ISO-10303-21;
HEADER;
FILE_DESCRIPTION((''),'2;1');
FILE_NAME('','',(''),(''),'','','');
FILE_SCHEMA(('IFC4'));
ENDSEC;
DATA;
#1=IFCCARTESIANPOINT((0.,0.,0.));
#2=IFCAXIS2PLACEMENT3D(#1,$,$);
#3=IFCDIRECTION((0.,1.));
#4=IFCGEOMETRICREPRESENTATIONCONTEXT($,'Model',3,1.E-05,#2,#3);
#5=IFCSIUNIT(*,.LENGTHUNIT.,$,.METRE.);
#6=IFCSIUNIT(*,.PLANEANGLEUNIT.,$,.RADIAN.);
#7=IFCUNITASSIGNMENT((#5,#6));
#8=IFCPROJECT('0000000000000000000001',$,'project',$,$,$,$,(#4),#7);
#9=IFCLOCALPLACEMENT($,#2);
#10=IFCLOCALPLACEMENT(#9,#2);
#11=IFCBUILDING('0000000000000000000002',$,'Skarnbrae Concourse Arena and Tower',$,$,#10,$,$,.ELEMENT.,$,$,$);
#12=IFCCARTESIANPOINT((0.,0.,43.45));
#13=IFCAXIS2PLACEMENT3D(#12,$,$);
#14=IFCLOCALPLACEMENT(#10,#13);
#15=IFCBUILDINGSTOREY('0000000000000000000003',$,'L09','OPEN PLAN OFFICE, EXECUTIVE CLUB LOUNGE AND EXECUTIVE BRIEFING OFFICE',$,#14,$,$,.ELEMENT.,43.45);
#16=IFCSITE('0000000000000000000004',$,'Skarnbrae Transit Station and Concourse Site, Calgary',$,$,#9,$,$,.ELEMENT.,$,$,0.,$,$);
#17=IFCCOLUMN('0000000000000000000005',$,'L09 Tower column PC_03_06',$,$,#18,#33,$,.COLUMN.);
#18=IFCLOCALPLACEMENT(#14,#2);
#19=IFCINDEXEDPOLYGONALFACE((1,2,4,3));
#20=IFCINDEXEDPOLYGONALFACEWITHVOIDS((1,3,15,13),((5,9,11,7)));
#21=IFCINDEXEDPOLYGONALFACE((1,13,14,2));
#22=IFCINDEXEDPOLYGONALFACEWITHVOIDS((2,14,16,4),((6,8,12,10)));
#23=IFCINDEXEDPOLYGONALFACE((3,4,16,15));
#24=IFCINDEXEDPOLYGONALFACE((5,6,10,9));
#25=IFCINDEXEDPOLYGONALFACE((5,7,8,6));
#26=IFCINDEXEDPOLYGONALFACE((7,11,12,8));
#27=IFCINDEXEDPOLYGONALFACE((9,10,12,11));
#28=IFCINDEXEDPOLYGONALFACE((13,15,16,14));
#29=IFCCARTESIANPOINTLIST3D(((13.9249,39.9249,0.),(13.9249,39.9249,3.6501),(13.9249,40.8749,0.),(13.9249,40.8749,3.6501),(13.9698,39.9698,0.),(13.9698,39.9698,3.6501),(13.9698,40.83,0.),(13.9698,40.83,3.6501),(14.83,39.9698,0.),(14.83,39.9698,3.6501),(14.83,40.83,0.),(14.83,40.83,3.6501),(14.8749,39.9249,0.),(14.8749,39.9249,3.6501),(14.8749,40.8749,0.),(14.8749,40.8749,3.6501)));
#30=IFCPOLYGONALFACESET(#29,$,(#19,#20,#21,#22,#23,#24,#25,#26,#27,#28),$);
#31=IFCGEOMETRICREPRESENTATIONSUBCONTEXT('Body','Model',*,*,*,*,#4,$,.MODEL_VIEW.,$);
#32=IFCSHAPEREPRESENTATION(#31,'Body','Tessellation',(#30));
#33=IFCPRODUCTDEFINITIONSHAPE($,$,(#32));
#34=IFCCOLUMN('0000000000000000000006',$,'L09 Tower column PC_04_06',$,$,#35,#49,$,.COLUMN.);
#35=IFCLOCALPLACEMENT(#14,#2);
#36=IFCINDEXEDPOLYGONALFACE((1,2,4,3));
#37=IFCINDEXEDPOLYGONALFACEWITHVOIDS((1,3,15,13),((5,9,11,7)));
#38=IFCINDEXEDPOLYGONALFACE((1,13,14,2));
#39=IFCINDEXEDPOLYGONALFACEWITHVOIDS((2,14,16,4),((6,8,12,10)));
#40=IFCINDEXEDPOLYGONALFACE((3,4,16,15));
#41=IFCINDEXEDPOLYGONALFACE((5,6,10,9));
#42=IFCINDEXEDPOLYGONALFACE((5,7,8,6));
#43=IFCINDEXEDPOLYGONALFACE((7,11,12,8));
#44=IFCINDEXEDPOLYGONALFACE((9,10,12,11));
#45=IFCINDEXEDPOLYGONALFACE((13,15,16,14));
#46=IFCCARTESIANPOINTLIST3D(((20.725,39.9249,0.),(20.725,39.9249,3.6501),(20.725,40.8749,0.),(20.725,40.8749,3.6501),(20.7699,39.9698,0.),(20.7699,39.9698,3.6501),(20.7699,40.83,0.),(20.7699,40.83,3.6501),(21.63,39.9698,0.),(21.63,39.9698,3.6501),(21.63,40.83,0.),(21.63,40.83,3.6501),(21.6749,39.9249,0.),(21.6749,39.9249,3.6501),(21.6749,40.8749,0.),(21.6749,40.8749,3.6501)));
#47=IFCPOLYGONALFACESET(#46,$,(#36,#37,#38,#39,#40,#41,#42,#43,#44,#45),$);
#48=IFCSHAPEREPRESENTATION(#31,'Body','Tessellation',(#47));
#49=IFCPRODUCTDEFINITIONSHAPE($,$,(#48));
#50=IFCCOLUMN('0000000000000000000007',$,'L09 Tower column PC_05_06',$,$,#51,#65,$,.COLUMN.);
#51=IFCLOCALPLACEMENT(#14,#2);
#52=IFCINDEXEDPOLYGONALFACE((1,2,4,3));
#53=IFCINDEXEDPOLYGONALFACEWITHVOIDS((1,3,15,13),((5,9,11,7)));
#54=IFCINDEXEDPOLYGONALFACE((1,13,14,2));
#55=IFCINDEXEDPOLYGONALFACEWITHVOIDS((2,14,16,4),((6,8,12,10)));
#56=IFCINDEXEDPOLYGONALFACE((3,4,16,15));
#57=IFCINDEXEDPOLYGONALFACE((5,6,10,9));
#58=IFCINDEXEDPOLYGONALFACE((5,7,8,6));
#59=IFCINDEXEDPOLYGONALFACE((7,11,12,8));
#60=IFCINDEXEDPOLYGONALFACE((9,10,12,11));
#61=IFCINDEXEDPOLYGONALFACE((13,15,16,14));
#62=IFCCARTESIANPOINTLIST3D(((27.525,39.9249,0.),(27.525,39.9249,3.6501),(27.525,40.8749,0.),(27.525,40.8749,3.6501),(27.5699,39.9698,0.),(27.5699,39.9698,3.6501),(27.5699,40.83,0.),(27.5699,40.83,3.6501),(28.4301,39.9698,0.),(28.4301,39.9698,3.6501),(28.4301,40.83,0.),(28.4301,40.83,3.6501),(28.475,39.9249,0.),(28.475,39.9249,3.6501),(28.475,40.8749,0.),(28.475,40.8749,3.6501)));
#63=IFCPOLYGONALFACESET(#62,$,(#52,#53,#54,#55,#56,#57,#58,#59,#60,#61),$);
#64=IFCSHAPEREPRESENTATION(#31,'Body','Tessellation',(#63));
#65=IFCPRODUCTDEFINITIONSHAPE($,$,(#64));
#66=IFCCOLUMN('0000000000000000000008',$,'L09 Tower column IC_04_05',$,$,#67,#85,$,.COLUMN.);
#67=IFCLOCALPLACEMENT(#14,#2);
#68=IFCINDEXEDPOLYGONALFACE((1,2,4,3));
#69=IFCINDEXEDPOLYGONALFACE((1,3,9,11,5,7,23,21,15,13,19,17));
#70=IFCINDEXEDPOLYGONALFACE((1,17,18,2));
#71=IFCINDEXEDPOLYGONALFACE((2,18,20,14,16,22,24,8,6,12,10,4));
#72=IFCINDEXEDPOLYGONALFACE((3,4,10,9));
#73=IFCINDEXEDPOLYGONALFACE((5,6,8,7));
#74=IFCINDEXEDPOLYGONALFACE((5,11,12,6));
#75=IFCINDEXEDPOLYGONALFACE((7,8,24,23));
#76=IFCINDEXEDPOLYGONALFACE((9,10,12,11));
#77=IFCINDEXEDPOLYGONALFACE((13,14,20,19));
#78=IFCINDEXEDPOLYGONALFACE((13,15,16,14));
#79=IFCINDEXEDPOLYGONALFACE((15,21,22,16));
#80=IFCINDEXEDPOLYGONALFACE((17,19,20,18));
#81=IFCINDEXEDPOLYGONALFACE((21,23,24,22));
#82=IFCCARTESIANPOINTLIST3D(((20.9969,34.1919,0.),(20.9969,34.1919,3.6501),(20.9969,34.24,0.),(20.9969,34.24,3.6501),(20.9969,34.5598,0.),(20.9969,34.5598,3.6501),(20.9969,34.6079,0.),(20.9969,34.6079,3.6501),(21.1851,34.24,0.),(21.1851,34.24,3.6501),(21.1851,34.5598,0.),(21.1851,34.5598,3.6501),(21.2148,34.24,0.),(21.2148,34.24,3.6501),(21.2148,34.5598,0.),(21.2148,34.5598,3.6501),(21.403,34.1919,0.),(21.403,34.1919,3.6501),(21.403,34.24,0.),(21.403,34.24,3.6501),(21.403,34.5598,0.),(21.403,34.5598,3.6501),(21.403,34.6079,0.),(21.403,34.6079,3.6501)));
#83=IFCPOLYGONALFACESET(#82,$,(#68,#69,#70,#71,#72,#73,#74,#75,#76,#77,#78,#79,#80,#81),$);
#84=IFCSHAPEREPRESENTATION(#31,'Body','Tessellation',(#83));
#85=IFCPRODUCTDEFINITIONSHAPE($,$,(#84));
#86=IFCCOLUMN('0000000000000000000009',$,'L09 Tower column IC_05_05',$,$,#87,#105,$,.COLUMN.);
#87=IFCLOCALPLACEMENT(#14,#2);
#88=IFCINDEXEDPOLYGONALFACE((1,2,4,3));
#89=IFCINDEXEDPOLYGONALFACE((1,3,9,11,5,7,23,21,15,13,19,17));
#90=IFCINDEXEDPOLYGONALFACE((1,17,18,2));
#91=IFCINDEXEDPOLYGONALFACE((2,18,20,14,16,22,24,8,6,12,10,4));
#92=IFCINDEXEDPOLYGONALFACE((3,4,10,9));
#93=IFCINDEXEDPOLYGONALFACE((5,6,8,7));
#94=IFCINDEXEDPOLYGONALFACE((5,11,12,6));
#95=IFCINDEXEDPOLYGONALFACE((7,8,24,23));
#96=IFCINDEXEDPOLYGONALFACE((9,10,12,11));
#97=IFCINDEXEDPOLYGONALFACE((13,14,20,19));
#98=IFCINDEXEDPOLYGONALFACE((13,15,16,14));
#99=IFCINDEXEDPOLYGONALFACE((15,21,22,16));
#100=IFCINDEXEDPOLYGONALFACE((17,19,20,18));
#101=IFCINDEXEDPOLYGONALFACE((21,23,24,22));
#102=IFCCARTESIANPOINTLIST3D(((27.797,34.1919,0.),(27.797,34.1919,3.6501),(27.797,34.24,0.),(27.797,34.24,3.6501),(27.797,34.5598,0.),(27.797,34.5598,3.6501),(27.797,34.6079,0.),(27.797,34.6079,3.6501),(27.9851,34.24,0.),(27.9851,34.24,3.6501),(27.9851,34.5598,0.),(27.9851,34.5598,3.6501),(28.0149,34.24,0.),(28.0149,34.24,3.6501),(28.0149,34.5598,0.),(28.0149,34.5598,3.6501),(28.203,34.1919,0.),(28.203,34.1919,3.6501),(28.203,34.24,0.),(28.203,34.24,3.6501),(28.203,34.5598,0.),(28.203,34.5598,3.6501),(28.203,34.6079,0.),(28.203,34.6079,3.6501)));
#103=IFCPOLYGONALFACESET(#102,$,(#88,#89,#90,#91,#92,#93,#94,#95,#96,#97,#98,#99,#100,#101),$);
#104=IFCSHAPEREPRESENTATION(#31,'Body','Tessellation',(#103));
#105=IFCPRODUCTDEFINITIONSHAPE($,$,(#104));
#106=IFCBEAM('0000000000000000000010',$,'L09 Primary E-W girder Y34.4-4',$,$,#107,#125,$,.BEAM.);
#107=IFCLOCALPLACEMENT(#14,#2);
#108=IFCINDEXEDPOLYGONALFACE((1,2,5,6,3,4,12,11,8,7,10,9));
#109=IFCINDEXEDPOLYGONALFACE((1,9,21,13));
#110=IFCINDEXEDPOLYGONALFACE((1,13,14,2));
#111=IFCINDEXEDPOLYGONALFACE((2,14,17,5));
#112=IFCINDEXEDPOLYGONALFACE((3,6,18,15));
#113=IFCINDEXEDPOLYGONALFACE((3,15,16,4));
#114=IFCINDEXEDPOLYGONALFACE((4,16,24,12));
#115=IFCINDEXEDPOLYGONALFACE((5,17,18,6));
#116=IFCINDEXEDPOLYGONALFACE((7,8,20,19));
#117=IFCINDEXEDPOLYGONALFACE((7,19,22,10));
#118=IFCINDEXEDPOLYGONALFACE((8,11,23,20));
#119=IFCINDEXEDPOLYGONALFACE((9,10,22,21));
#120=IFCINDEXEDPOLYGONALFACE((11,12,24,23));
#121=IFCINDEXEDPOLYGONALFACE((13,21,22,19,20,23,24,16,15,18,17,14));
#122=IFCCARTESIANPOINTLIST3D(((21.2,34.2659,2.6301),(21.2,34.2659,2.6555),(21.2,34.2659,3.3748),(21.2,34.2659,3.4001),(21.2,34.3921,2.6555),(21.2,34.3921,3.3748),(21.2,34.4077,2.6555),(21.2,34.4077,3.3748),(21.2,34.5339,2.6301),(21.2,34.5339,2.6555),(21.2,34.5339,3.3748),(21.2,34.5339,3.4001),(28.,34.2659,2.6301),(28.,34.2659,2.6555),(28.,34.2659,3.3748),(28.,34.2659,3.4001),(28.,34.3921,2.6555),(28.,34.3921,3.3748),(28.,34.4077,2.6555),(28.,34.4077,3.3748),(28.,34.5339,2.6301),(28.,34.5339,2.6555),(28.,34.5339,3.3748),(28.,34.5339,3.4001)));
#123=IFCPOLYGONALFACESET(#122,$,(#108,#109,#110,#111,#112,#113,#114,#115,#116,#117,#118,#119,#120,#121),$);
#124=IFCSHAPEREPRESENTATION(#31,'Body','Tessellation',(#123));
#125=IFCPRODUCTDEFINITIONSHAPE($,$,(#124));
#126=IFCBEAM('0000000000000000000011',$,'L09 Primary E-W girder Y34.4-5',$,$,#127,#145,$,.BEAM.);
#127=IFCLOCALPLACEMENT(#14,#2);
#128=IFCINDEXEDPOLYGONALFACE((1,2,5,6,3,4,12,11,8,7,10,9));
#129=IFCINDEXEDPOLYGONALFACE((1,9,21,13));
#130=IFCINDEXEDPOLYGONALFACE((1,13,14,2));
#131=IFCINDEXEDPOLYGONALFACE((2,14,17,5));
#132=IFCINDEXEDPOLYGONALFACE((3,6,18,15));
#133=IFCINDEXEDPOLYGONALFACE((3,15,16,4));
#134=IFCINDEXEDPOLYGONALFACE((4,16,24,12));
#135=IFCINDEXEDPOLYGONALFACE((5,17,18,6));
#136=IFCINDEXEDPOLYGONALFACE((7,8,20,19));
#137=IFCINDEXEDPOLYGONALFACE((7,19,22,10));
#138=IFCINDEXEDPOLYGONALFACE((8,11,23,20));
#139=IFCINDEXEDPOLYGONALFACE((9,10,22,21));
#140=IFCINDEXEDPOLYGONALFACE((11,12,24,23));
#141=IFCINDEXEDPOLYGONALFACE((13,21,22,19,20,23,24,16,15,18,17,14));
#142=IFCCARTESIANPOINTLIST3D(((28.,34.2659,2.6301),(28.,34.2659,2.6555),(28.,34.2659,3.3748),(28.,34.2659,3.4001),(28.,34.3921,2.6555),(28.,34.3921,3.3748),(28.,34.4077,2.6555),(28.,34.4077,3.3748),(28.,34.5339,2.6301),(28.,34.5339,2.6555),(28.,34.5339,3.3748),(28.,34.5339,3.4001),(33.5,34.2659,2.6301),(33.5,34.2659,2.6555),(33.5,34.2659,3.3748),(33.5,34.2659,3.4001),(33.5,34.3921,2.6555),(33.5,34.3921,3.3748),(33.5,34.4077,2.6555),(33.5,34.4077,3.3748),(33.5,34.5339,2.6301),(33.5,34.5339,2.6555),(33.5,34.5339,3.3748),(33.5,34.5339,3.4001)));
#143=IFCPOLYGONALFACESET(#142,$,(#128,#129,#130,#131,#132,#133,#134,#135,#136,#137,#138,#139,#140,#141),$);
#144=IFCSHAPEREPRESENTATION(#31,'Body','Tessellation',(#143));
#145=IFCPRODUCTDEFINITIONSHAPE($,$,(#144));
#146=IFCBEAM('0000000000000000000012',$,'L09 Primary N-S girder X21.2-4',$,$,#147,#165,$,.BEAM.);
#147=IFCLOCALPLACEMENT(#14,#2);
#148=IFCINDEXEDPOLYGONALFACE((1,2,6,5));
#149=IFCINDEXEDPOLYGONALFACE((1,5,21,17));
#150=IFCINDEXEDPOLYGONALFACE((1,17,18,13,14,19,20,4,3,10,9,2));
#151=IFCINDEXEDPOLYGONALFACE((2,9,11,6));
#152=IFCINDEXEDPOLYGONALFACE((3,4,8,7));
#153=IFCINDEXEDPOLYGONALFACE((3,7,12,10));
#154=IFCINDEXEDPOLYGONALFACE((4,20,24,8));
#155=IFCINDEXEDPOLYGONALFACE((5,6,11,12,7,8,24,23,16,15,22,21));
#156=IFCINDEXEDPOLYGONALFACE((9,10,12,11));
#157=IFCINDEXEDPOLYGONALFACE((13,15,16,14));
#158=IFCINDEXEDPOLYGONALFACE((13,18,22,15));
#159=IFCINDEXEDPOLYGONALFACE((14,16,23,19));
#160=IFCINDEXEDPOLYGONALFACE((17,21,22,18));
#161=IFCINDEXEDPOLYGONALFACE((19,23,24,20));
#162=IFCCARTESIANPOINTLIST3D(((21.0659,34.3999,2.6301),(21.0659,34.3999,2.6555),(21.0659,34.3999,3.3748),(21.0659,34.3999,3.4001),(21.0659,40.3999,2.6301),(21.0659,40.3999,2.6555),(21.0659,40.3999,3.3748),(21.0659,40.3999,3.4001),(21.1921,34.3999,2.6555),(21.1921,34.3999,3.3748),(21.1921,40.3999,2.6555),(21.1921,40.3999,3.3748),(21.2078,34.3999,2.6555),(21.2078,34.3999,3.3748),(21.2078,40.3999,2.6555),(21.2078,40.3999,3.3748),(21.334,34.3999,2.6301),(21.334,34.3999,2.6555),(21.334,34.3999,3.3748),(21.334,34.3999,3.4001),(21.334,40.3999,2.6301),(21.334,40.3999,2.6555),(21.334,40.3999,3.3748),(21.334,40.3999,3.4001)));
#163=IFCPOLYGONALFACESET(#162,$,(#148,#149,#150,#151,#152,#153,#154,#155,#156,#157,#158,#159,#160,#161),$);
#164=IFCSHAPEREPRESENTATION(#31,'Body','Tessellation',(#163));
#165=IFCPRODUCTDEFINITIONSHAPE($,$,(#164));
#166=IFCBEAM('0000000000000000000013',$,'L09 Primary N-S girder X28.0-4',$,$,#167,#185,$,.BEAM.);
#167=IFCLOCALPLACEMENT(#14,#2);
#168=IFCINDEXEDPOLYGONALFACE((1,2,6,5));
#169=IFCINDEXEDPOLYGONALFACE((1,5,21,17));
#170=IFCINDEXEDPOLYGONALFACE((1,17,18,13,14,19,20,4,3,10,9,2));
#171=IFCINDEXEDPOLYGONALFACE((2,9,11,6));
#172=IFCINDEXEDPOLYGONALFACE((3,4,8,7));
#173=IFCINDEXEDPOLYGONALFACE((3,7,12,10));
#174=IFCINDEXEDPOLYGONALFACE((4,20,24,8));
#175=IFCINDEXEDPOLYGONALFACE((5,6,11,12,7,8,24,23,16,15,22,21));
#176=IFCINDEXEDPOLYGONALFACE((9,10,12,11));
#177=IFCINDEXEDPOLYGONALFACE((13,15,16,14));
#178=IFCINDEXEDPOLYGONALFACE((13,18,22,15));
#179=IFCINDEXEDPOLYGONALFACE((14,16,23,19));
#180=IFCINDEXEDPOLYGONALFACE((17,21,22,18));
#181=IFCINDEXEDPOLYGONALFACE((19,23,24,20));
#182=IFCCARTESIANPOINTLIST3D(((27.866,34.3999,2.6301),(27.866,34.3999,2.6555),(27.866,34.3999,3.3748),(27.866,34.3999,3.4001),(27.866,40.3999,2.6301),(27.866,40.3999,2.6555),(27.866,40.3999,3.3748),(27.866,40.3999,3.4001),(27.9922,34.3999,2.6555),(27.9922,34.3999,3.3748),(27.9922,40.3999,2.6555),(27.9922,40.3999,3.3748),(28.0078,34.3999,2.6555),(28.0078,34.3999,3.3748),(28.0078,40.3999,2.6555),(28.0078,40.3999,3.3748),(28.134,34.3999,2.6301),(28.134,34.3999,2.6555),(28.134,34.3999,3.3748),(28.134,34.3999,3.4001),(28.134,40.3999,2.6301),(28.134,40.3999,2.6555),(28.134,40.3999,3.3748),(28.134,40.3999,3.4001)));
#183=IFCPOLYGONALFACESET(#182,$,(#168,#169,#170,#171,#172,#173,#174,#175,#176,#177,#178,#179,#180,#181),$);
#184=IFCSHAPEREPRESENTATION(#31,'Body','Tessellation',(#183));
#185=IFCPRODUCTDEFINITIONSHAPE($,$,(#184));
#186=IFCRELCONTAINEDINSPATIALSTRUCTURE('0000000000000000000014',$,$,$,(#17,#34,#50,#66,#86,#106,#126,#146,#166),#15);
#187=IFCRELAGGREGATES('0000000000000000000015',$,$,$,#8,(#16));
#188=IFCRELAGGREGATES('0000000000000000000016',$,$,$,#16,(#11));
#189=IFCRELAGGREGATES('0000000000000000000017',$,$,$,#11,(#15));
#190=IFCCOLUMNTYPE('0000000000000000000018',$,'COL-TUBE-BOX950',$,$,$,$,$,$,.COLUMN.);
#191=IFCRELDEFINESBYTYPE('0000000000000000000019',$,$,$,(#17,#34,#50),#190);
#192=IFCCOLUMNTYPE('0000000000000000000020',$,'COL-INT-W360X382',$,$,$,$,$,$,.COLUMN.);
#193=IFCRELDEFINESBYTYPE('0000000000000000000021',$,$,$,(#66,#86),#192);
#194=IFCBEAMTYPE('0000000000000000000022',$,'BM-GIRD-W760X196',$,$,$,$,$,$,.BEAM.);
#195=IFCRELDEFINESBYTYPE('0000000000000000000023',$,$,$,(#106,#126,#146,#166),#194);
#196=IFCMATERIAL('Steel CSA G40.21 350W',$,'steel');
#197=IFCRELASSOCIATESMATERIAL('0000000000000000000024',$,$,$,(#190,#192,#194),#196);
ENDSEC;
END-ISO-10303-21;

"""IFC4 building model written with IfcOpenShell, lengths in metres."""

from ifc_helpers import new_model, si_unit, direction, frame, origin, origin_2d, place, context, subcontext, project, spatial, hollow_rectangle, i_section, extrude, source, transform, mapped, material, material_profile, profile_set, type_object, element, save


model = new_model("IFC4")

# Units and contexts
model_context = context("Model", 3, precision=1e-05, world=origin(), true_north=direction((0.0, 1.0)))
body_context = subcontext(model_context, "Body", "Model", "MODEL_VIEW")
ifc_project = project(units=[si_unit("LENGTHUNIT", "METRE"), si_unit("PLANEANGLEUNIT", "RADIAN")], contexts=[model_context])

# Site, building, storey
site_placement = place(None, origin())
site = spatial("IfcSite", under=ifc_project, at=site_placement, Name="Skarnbrae Transit Station and Concourse Site, Calgary", CompositionType="ELEMENT", RefElevation=0.0)
building_placement = place(site_placement, origin())
building = spatial("IfcBuilding", under=site, at=building_placement, Name="Skarnbrae Concourse Arena and Tower", CompositionType="ELEMENT")
storey_placement = place(building_placement, frame((0.0, 0.0, 43.45)))
storey = spatial("IfcBuildingStorey", under=building, at=storey_placement, Name="L09", Description="OPEN PLAN OFFICE, EXECUTIVE CLUB LOUNGE AND EXECUTIVE BRIEFING OFFICE", CompositionType="ELEMENT", Elevation=43.45)

# Columns
ifc_material_1 = material(Name="Steel CSA G40.21 350W", Category="steel")
ifc_material_profile_1 = material_profile(ifc_material_1, hollow_rectangle(XDim=0.95, YDim=0.95, WallThickness=0.0449, at=origin_2d()), Name="BOX950X950X45")
ifc_profile_set_1 = profile_set([ifc_material_profile_1], Name="Steel CSA G40.21 350W")
column_type_1 = type_object("IfcColumnType", Name="COL-TUBE-BOX950", PredefinedType="COLUMN", material=ifc_profile_set_1)
shared_shape_1 = source(origin(), body_context, "Body", "SweptSolid", [
    extrude(hollow_rectangle(XDim=0.95, YDim=0.95, WallThickness=0.0449, at=origin_2d()), origin(), (0.0, 0.0, 1.0), 3.6501),
])
for number, where, z_axis, x_axis, name in (
    (1, (14.3999, 40.3999, 0.0), (0.0, 0.0, 1.0), (1.0, 0.0, 0.0), "L09 Tower column PC_03_06"),
    (2, (21.2, 40.3999, 0.0), (0.0, 0.0, 1.0), (1.0, 0.0, 0.0), "L09 Tower column PC_04_06"),
    (3, (28.0, 40.3999, 0.0), (0.0, 0.0, 1.0), (1.0, 0.0, 0.0), "L09 Tower column PC_05_06"),
):
    element("IfcColumn", number, at=place(storey_placement, frame(where, z_axis=z_axis, x_axis=x_axis)), inside=storey, type_object=column_type_1, Name=name, PredefinedType="COLUMN", context=body_context, shape_type="MappedRepresentation", body=[
        mapped(shared_shape_1, transform((0.0, 0.0, 0.0))),
    ])
ifc_material_profile_2 = material_profile(ifc_material_1, i_section(OverallWidth=0.406, OverallDepth=0.416, WebThickness=0.0298, FlangeThickness=0.0481, at=origin_2d()), Name="W360X382")
ifc_profile_set_2 = profile_set([ifc_material_profile_2], Name="Steel CSA G40.21 350W")
column_type_2 = type_object("IfcColumnType", Name="COL-INT-W360X382", PredefinedType="COLUMN", material=ifc_profile_set_2)
shared_shape_2 = source(origin(), body_context, "Body", "SweptSolid", [
    extrude(i_section(OverallWidth=0.406, OverallDepth=0.416, WebThickness=0.0298, FlangeThickness=0.0481, at=origin_2d()), origin(), (0.0, 0.0, 1.0), 3.6501),
])
for number, where, z_axis, x_axis, name in (
    (4, (21.2, 34.3999, 0.0), (0.0, 0.0, 1.0), (1.0, 0.0, 0.0), "L09 Tower column IC_04_05"),
    (5, (28.0, 34.3999, 0.0), (0.0, 0.0, 1.0), (1.0, 0.0, 0.0), "L09 Tower column IC_05_05"),
):
    element("IfcColumn", number, at=place(storey_placement, frame(where, z_axis=z_axis, x_axis=x_axis)), inside=storey, type_object=column_type_2, Name=name, PredefinedType="COLUMN", context=body_context, shape_type="MappedRepresentation", body=[
        mapped(shared_shape_2, transform((0.0, 0.0, 0.0))),
    ])

# Beams
ifc_material_profile_3 = material_profile(ifc_material_1, i_section(OverallWidth=0.2681, OverallDepth=0.77, WebThickness=0.0156, FlangeThickness=0.0254, at=origin_2d()), Name="W760X196")
ifc_profile_set_3 = profile_set([ifc_material_profile_3], Name="Steel CSA G40.21 350W")
beam_type_1 = type_object("IfcBeamType", Name="BM-GIRD-W760X196", PredefinedType="BEAM", material=ifc_profile_set_3)
shared_shape_3 = source(origin(), body_context, "Body", "SweptSolid", [
    extrude(i_section(OverallWidth=0.2681, OverallDepth=0.77, WebThickness=0.0156, FlangeThickness=0.0254, at=origin_2d()), origin(), (0.0, 0.0, 1.0), 6.8),
])
beam_1_placement = place(storey_placement, frame((21.2, 34.3999, 3.0151), z_axis=(1.0, 0.0, 0.0), x_axis=(0.0, 1.0, 0.0)))
element("IfcBeam", 6, at=beam_1_placement, inside=storey, type_object=beam_type_1, Name="L09 Primary E-W girder Y34.4-4", PredefinedType="BEAM", context=body_context, shape_type="MappedRepresentation", body=[
    mapped(shared_shape_3, transform((0.0, 0.0, 0.0))),
])
shared_shape_4 = source(origin(), body_context, "Body", "SweptSolid", [
    extrude(i_section(OverallWidth=0.2681, OverallDepth=0.77, WebThickness=0.0156, FlangeThickness=0.0254, at=origin_2d()), origin(), (0.0, 0.0, 1.0), 5.5),
])
beam_2_placement = place(storey_placement, frame((28.0, 34.3999, 3.0151), z_axis=(1.0, 0.0, 0.0), x_axis=(0.0, 1.0, 0.0)))
element("IfcBeam", 7, at=beam_2_placement, inside=storey, type_object=beam_type_1, Name="L09 Primary E-W girder Y34.4-5", PredefinedType="BEAM", context=body_context, shape_type="MappedRepresentation", body=[
    mapped(shared_shape_4, transform((0.0, 0.0, 0.0))),
])
shared_shape_5 = source(origin(), body_context, "Body", "SweptSolid", [
    extrude(i_section(OverallWidth=0.2681, OverallDepth=0.77, WebThickness=0.0156, FlangeThickness=0.0254, at=origin_2d()), origin(), (0.0, 0.0, 1.0), 6.0),
])
for number, where, z_axis, x_axis, name in (
    (8, (21.2, 34.3999, 3.0151), (0.0, 1.0, 0.0), (-1.0, 0.0, 0.0), "L09 Primary N-S girder X21.2-4"),
    (9, (28.0, 34.3999, 3.0151), (0.0, 1.0, 0.0), (-1.0, 0.0, 0.0), "L09 Primary N-S girder X28.0-4"),
):
    element("IfcBeam", number, at=place(storey_placement, frame(where, z_axis=z_axis, x_axis=x_axis)), inside=storey, type_object=beam_type_1, Name=name, PredefinedType="BEAM", context=body_context, shape_type="MappedRepresentation", body=[
        mapped(shared_shape_5, transform((0.0, 0.0, 0.0))),
    ])

save(model, "model.ifc")
